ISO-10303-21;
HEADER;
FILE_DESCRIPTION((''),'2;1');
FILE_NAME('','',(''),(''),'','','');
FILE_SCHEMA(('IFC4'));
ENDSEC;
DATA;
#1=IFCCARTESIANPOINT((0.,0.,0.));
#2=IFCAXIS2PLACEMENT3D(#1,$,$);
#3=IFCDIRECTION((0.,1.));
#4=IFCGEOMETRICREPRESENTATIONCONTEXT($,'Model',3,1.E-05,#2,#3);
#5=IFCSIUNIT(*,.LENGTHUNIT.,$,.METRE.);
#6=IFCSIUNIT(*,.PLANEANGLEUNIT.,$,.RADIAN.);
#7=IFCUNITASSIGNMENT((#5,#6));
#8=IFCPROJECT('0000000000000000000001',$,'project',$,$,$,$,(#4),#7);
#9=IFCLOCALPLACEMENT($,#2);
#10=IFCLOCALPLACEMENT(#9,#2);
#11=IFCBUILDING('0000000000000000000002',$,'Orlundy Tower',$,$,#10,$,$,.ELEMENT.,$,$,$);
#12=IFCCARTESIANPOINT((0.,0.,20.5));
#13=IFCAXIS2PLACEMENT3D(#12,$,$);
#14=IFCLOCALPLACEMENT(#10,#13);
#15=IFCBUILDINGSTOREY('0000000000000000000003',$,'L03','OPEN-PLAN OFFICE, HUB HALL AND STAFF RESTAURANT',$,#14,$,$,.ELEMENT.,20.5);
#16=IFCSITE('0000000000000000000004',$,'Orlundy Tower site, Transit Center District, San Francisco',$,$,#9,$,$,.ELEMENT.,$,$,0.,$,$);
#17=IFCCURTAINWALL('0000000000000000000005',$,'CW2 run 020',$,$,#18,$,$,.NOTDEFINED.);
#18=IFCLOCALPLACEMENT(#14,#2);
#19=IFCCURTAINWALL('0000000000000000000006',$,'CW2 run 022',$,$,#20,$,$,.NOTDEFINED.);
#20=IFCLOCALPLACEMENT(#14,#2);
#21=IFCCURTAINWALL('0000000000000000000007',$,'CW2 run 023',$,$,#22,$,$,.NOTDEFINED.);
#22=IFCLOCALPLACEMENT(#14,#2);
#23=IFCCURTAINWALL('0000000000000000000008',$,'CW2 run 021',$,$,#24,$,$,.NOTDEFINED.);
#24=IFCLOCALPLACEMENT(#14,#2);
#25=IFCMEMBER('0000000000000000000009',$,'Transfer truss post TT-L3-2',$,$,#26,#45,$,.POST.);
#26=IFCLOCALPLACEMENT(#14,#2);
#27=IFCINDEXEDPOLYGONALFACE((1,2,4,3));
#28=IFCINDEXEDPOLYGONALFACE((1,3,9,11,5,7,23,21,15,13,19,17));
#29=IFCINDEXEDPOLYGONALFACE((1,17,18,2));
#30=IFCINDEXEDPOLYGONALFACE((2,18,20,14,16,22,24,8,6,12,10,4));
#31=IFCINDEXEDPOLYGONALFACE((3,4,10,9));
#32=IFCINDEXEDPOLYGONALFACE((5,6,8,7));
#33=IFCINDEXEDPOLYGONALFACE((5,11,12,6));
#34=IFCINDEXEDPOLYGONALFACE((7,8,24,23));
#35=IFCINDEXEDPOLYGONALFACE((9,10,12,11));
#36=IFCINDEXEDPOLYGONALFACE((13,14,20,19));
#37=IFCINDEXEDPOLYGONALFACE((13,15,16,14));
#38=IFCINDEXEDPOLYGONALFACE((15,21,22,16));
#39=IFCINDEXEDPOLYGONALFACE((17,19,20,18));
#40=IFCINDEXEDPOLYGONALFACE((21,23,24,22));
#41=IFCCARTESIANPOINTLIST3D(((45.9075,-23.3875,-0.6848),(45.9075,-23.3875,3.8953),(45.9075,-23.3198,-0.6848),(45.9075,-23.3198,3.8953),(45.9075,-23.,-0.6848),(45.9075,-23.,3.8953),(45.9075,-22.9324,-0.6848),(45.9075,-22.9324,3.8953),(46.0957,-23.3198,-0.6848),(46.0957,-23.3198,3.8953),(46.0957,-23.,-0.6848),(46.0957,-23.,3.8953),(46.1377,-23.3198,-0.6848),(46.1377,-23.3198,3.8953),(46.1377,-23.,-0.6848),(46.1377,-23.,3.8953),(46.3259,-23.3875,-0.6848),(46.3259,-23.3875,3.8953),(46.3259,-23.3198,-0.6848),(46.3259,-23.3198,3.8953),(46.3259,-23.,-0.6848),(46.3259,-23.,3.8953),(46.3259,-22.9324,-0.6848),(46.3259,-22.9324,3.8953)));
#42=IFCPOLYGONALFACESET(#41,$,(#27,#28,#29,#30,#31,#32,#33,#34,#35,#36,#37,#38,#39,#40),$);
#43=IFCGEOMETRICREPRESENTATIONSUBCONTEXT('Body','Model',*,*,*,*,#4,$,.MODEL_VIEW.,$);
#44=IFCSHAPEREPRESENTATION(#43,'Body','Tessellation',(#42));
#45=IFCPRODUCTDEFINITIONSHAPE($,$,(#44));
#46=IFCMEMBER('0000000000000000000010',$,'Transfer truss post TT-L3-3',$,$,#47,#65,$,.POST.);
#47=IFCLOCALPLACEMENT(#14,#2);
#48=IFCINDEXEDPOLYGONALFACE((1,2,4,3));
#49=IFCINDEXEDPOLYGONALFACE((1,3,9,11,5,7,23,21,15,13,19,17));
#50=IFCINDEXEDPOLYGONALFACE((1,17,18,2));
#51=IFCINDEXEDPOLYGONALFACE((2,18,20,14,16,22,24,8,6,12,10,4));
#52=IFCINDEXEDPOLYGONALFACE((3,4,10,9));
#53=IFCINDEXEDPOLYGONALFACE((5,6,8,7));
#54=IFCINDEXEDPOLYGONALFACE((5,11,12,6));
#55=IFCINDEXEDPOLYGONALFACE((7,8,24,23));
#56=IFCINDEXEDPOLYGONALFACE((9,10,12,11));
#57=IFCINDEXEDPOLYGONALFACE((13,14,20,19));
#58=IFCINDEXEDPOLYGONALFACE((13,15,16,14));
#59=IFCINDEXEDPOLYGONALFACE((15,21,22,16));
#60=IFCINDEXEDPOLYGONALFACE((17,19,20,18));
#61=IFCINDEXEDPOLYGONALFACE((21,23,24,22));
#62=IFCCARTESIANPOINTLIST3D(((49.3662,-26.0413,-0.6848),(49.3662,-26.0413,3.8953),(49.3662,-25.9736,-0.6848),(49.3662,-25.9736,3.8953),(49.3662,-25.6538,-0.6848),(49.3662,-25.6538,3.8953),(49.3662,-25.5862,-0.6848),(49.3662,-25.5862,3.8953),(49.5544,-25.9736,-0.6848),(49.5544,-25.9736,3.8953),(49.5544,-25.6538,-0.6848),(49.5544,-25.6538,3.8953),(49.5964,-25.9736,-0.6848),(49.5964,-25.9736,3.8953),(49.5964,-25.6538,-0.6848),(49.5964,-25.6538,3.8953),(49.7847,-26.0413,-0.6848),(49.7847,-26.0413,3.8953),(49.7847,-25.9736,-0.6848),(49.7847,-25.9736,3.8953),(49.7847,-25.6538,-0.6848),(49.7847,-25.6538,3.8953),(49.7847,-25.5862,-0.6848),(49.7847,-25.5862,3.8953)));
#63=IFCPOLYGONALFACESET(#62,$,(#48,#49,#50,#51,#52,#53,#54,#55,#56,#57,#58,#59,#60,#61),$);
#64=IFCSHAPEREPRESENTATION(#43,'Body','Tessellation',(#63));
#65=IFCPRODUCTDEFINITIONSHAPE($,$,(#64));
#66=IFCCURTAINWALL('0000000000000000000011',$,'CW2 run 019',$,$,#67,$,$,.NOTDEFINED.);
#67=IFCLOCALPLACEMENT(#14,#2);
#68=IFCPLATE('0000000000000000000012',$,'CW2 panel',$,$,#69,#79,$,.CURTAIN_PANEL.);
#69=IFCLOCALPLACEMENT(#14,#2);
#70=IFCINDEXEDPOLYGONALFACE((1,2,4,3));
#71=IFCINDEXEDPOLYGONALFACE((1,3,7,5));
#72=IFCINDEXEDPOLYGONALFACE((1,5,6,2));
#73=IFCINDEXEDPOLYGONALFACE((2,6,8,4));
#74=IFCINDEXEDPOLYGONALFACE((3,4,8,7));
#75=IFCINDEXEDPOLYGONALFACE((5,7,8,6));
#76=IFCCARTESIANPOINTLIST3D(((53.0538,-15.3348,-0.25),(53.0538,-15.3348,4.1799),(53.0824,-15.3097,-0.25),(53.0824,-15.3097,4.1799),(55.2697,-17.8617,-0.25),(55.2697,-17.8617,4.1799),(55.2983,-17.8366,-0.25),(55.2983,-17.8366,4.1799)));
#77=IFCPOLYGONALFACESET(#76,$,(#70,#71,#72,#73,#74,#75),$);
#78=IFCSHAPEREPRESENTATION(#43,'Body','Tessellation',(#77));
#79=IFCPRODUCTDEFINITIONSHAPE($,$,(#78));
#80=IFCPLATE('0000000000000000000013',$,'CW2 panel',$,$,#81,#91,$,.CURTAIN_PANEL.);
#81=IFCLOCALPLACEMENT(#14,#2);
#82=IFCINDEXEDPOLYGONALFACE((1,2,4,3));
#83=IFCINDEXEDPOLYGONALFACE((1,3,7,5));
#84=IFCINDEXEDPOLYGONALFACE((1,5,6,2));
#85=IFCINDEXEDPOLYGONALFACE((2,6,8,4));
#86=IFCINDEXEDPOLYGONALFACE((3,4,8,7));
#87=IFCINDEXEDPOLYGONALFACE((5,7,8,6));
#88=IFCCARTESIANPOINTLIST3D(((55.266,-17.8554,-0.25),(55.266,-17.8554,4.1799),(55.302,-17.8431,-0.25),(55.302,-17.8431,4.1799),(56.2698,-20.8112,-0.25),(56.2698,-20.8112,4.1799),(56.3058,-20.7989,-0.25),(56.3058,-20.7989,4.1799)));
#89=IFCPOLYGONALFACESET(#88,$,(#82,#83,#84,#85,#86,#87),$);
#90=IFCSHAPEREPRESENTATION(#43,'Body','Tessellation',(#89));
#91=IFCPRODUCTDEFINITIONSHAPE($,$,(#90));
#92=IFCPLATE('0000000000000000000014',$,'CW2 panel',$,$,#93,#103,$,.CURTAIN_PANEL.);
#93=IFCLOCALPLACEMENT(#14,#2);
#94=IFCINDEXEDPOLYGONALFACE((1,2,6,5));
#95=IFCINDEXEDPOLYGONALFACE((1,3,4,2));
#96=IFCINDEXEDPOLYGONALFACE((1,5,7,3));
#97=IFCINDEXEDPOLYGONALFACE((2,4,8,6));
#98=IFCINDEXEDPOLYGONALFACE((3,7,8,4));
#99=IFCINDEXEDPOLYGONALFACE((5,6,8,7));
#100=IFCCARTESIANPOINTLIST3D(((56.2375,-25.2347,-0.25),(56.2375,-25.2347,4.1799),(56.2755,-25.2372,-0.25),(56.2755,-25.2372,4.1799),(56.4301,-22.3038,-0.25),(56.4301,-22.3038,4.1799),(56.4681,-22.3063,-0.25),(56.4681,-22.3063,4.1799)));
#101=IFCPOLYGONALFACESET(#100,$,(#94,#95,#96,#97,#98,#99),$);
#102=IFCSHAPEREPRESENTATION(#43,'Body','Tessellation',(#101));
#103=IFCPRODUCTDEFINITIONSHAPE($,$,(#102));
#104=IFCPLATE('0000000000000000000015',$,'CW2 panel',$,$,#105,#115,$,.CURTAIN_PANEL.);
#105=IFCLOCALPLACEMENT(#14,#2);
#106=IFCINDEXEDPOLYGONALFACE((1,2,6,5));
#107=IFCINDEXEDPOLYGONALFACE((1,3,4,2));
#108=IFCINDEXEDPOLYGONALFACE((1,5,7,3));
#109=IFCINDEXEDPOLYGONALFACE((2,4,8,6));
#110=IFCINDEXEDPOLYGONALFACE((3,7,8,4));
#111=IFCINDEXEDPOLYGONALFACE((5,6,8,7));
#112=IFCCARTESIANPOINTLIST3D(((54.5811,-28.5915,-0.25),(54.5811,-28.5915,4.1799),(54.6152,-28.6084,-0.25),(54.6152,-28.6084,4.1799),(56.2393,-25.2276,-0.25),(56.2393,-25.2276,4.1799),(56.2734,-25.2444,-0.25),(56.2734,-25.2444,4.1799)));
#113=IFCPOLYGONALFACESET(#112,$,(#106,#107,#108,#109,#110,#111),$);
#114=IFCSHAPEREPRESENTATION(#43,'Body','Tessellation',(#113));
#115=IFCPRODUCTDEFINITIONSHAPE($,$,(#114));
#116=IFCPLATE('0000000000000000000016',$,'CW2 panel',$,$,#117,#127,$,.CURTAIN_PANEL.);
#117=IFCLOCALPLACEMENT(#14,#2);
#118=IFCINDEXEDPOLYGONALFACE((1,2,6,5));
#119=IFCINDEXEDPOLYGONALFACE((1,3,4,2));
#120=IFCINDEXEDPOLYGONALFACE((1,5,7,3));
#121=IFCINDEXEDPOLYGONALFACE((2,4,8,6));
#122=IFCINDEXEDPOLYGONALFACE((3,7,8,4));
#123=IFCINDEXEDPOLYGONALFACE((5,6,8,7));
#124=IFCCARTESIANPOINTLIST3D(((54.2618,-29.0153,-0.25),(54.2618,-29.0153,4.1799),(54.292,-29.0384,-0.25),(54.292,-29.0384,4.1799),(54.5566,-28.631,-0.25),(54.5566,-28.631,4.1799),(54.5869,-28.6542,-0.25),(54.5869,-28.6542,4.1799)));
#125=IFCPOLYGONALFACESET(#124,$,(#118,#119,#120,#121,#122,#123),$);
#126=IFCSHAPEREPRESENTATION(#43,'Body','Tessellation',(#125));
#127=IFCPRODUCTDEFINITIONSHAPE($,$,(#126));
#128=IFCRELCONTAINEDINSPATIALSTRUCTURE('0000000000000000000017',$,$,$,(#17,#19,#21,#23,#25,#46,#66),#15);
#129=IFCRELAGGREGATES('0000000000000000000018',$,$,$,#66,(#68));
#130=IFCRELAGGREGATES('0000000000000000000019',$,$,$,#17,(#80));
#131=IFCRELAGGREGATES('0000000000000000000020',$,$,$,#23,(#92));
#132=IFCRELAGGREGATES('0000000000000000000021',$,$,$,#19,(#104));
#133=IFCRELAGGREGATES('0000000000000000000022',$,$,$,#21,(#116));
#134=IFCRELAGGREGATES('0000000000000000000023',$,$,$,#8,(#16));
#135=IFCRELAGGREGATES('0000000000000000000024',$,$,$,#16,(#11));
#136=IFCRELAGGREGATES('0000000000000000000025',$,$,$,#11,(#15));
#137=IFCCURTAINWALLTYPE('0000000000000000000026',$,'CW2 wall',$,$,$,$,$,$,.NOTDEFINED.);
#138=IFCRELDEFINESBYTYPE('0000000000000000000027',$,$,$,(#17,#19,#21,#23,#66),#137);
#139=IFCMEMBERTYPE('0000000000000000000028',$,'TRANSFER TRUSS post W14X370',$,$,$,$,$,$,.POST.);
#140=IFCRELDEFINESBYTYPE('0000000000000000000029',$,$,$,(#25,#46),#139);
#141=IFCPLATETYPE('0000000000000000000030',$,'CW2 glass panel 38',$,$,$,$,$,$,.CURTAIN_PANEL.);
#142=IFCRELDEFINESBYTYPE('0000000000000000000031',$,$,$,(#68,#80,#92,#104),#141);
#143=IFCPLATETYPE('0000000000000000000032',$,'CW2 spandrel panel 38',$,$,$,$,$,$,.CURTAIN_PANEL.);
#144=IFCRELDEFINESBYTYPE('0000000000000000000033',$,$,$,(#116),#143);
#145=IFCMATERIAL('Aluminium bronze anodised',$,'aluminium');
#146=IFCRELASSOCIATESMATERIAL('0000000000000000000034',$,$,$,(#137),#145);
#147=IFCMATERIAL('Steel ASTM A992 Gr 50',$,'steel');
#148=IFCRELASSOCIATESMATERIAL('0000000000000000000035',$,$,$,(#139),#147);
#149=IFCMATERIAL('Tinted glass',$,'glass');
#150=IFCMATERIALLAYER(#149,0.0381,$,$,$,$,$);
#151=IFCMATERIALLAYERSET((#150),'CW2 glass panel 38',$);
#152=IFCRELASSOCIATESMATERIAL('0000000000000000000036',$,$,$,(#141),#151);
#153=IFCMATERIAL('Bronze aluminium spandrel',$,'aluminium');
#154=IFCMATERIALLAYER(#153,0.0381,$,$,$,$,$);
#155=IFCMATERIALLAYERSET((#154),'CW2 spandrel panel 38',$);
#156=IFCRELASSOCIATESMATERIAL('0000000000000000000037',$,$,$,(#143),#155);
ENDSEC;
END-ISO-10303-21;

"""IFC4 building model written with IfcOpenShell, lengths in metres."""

from ifc_helpers import new_model, si_unit, direction, frame, origin, origin_2d, place, context, subcontext, project, spatial, rectangle, i_section, extrude, material, layer, layer_set, material_profile, profile_set, type_object, element, aggregate, save


model = new_model("IFC4")

# Units and contexts
model_context = context("Model", 3, precision=1e-05, world=origin(), true_north=direction((0.0, 1.0)))
body_context = subcontext(model_context, "Body", "Model", "MODEL_VIEW")
ifc_project = project(units=[si_unit("LENGTHUNIT", "METRE"), si_unit("PLANEANGLEUNIT", "RADIAN")], contexts=[model_context])

# Site, building, storey
site_placement = place(None, origin())
site = spatial("IfcSite", under=ifc_project, at=site_placement, Name="Orlundy Tower site, Transit Center District, San Francisco", CompositionType="ELEMENT", RefElevation=0.0)
building_placement = place(site_placement, origin())
building = spatial("IfcBuilding", under=site, at=building_placement, Name="Orlundy Tower", CompositionType="ELEMENT")
storey_placement = place(building_placement, frame((0.0, 0.0, 20.5)))
storey = spatial("IfcBuildingStorey", under=building, at=storey_placement, Name="L03", Description="OPEN-PLAN OFFICE, HUB HALL AND STAFF RESTAURANT", CompositionType="ELEMENT", Elevation=20.5)

# Curtain walls
ifc_material_1 = material(Name="Aluminium bronze anodised", Category="aluminium")
curtain_wall_type = type_object("IfcCurtainWallType", Name="CW2 wall", PredefinedType="NOTDEFINED", material=ifc_material_1)
curtain_wall_1_placement = place(storey_placement, origin())
curtain_wall_1 = element("IfcCurtainWall", 1, at=curtain_wall_1_placement, inside=storey, type_object=curtain_wall_type, Name="CW2 run 020", PredefinedType="NOTDEFINED")
curtain_wall_2_placement = place(storey_placement, origin())
curtain_wall_2 = element("IfcCurtainWall", 2, at=curtain_wall_2_placement, inside=storey, type_object=curtain_wall_type, Name="CW2 run 022", PredefinedType="NOTDEFINED")
curtain_wall_3_placement = place(storey_placement, origin())
curtain_wall_3 = element("IfcCurtainWall", 3, at=curtain_wall_3_placement, inside=storey, type_object=curtain_wall_type, Name="CW2 run 023", PredefinedType="NOTDEFINED")

# Curtain wall
curtain_wall_4_placement = place(storey_placement, origin())
curtain_wall_4 = element("IfcCurtainWall", 4, at=curtain_wall_4_placement, inside=storey, type_object=curtain_wall_type, Name="CW2 run 021", PredefinedType="NOTDEFINED")

# Members
ifc_material_2 = material(Name="Steel ASTM A992 Gr 50", Category="steel")
ifc_material_profile_1 = material_profile(ifc_material_2, i_section(OverallWidth=0.4185, OverallDepth=0.4551, WebThickness=0.042, FlangeThickness=0.0676, at=origin_2d()), Name="W14X370")
ifc_profile_set_1 = profile_set([ifc_material_profile_1], Name="Steel ASTM A992 Gr 50")
member_type_1 = type_object("IfcMemberType", Name="TRANSFER TRUSS post W14X370", PredefinedType="POST", material=ifc_profile_set_1)
for number, where, z_axis, x_axis, name in (
    (5, (46.1167, -23.1599, -0.6848), (0.0, 0.0, 1.0), (1.0, 0.0, 0.0), "Transfer truss post TT-L3-2"),
    (6, (49.5754, -25.8137, -0.6848), (0.0, 0.0, 1.0), (1.0, 0.0, 0.0), "Transfer truss post TT-L3-3"),
):
    element("IfcMember", number, at=place(storey_placement, frame(where, z_axis=z_axis, x_axis=x_axis)), inside=storey, type_object=member_type_1, Name=name, PredefinedType="POST", context=body_context, shape_type="SweptSolid", body=[
        extrude(i_section(OverallWidth=0.4185, OverallDepth=0.4551, WebThickness=0.042, FlangeThickness=0.0676, at=origin_2d()), origin(), (0.0, 0.0, 1.0), 4.5801),
    ])

# Curtain wall, plate
curtain_wall_5_placement = place(storey_placement, origin())
curtain_wall_5 = element("IfcCurtainWall", 7, at=curtain_wall_5_placement, inside=storey, type_object=curtain_wall_type, Name="CW2 run 019", PredefinedType="NOTDEFINED")
ifc_material_3 = material(Name="Tinted glass", Category="glass")
ifc_layer_1 = layer(ifc_material_3, 0.0381)
ifc_layer_set_1 = layer_set([ifc_layer_1], Name="CW2 glass panel 38")
plate_type_1 = type_object("IfcPlateType", Name="CW2 glass panel 38", PredefinedType="CURTAIN_PANEL", material=ifc_layer_set_1)
plate_1_placement = place(storey_placement, frame((54.176, -16.5857, -0.25), z_axis=(0.0, 0.0, 1.0), x_axis=(0.659325, -0.751858, 0.0)))
plate_1 = element("IfcPlate", 8, at=plate_1_placement, type_object=plate_type_1, Name="CW2 panel", PredefinedType="CURTAIN_PANEL", context=body_context, shape_type="SweptSolid", body=[
    extrude(rectangle(XDim=3.3608, YDim=0.0381, at=origin_2d()), origin(), (0.0, 0.0, 1.0), 4.4299),
])
aggregate(curtain_wall_5, [plate_1])

# Plates
plate_2_placement = place(storey_placement, frame((55.7859, -19.3271, -0.25), z_axis=(0.0, 0.0, 1.0), x_axis=(0.321564, -0.946888, 0.0)))
plate_2 = element("IfcPlate", 9, at=plate_2_placement, type_object=plate_type_1, Name="CW2 panel", PredefinedType="CURTAIN_PANEL", context=body_context, shape_type="SweptSolid", body=[
    extrude(rectangle(XDim=3.1216, YDim=0.0381, at=origin_2d()), origin(), (0.0, 0.0, 1.0), 4.4299),
])
aggregate(curtain_wall_1, [plate_2])
plate_3_placement = place(storey_placement, frame((56.3528, -23.7705, -0.25), z_axis=(0.0, 0.0, 1.0), x_axis=(-0.06557, -0.997848, 0.0)))
plate_3 = element("IfcPlate", 10, at=plate_3_placement, type_object=plate_type_1, Name="CW2 panel", PredefinedType="CURTAIN_PANEL", context=body_context, shape_type="SweptSolid", body=[
    extrude(rectangle(XDim=2.9373, YDim=0.0381, at=origin_2d()), origin(), (0.0, 0.0, 1.0), 4.4299),
])
aggregate(curtain_wall_4, [plate_3])
plate_4_placement = place(storey_placement, frame((55.4272, -26.918, -0.25), z_axis=(0.0, 0.0, 1.0), x_axis=(-0.442135, -0.896949, 0.0)))
plate_4 = element("IfcPlate", 11, at=plate_4_placement, type_object=plate_type_1, Name="CW2 panel", PredefinedType="CURTAIN_PANEL", context=body_context, shape_type="SweptSolid", body=[
    extrude(rectangle(XDim=3.7505, YDim=0.0381, at=origin_2d()), origin(), (0.0, 0.0, 1.0), 4.4299),
])
aggregate(curtain_wall_2, [plate_4])
ifc_material_4 = material(Name="Bronze aluminium spandrel", Category="aluminium")
ifc_layer_2 = layer(ifc_material_4, 0.0381)
ifc_layer_set_2 = layer_set([ifc_layer_2], Name="CW2 spandrel panel 38")
plate_type_2 = type_object("IfcPlateType", Name="CW2 spandrel panel 38", PredefinedType="CURTAIN_PANEL", material=ifc_layer_set_2)
plate_5_placement = place(storey_placement, frame((54.4243, -28.8347, -0.25), z_axis=(0.0, 0.0, 1.0), x_axis=(-0.608771, -0.793346, 0.0)))
plate_5 = element("IfcPlate", 12, at=plate_5_placement, type_object=plate_type_2, Name="CW2 panel", PredefinedType="CURTAIN_PANEL", context=body_context, shape_type="SweptSolid", body=[
    extrude(rectangle(XDim=0.4844, YDim=0.0381, at=origin_2d()), origin(), (0.0, 0.0, 1.0), 4.4299),
])
aggregate(curtain_wall_3, [plate_5])

save(model, "model.ifc")
